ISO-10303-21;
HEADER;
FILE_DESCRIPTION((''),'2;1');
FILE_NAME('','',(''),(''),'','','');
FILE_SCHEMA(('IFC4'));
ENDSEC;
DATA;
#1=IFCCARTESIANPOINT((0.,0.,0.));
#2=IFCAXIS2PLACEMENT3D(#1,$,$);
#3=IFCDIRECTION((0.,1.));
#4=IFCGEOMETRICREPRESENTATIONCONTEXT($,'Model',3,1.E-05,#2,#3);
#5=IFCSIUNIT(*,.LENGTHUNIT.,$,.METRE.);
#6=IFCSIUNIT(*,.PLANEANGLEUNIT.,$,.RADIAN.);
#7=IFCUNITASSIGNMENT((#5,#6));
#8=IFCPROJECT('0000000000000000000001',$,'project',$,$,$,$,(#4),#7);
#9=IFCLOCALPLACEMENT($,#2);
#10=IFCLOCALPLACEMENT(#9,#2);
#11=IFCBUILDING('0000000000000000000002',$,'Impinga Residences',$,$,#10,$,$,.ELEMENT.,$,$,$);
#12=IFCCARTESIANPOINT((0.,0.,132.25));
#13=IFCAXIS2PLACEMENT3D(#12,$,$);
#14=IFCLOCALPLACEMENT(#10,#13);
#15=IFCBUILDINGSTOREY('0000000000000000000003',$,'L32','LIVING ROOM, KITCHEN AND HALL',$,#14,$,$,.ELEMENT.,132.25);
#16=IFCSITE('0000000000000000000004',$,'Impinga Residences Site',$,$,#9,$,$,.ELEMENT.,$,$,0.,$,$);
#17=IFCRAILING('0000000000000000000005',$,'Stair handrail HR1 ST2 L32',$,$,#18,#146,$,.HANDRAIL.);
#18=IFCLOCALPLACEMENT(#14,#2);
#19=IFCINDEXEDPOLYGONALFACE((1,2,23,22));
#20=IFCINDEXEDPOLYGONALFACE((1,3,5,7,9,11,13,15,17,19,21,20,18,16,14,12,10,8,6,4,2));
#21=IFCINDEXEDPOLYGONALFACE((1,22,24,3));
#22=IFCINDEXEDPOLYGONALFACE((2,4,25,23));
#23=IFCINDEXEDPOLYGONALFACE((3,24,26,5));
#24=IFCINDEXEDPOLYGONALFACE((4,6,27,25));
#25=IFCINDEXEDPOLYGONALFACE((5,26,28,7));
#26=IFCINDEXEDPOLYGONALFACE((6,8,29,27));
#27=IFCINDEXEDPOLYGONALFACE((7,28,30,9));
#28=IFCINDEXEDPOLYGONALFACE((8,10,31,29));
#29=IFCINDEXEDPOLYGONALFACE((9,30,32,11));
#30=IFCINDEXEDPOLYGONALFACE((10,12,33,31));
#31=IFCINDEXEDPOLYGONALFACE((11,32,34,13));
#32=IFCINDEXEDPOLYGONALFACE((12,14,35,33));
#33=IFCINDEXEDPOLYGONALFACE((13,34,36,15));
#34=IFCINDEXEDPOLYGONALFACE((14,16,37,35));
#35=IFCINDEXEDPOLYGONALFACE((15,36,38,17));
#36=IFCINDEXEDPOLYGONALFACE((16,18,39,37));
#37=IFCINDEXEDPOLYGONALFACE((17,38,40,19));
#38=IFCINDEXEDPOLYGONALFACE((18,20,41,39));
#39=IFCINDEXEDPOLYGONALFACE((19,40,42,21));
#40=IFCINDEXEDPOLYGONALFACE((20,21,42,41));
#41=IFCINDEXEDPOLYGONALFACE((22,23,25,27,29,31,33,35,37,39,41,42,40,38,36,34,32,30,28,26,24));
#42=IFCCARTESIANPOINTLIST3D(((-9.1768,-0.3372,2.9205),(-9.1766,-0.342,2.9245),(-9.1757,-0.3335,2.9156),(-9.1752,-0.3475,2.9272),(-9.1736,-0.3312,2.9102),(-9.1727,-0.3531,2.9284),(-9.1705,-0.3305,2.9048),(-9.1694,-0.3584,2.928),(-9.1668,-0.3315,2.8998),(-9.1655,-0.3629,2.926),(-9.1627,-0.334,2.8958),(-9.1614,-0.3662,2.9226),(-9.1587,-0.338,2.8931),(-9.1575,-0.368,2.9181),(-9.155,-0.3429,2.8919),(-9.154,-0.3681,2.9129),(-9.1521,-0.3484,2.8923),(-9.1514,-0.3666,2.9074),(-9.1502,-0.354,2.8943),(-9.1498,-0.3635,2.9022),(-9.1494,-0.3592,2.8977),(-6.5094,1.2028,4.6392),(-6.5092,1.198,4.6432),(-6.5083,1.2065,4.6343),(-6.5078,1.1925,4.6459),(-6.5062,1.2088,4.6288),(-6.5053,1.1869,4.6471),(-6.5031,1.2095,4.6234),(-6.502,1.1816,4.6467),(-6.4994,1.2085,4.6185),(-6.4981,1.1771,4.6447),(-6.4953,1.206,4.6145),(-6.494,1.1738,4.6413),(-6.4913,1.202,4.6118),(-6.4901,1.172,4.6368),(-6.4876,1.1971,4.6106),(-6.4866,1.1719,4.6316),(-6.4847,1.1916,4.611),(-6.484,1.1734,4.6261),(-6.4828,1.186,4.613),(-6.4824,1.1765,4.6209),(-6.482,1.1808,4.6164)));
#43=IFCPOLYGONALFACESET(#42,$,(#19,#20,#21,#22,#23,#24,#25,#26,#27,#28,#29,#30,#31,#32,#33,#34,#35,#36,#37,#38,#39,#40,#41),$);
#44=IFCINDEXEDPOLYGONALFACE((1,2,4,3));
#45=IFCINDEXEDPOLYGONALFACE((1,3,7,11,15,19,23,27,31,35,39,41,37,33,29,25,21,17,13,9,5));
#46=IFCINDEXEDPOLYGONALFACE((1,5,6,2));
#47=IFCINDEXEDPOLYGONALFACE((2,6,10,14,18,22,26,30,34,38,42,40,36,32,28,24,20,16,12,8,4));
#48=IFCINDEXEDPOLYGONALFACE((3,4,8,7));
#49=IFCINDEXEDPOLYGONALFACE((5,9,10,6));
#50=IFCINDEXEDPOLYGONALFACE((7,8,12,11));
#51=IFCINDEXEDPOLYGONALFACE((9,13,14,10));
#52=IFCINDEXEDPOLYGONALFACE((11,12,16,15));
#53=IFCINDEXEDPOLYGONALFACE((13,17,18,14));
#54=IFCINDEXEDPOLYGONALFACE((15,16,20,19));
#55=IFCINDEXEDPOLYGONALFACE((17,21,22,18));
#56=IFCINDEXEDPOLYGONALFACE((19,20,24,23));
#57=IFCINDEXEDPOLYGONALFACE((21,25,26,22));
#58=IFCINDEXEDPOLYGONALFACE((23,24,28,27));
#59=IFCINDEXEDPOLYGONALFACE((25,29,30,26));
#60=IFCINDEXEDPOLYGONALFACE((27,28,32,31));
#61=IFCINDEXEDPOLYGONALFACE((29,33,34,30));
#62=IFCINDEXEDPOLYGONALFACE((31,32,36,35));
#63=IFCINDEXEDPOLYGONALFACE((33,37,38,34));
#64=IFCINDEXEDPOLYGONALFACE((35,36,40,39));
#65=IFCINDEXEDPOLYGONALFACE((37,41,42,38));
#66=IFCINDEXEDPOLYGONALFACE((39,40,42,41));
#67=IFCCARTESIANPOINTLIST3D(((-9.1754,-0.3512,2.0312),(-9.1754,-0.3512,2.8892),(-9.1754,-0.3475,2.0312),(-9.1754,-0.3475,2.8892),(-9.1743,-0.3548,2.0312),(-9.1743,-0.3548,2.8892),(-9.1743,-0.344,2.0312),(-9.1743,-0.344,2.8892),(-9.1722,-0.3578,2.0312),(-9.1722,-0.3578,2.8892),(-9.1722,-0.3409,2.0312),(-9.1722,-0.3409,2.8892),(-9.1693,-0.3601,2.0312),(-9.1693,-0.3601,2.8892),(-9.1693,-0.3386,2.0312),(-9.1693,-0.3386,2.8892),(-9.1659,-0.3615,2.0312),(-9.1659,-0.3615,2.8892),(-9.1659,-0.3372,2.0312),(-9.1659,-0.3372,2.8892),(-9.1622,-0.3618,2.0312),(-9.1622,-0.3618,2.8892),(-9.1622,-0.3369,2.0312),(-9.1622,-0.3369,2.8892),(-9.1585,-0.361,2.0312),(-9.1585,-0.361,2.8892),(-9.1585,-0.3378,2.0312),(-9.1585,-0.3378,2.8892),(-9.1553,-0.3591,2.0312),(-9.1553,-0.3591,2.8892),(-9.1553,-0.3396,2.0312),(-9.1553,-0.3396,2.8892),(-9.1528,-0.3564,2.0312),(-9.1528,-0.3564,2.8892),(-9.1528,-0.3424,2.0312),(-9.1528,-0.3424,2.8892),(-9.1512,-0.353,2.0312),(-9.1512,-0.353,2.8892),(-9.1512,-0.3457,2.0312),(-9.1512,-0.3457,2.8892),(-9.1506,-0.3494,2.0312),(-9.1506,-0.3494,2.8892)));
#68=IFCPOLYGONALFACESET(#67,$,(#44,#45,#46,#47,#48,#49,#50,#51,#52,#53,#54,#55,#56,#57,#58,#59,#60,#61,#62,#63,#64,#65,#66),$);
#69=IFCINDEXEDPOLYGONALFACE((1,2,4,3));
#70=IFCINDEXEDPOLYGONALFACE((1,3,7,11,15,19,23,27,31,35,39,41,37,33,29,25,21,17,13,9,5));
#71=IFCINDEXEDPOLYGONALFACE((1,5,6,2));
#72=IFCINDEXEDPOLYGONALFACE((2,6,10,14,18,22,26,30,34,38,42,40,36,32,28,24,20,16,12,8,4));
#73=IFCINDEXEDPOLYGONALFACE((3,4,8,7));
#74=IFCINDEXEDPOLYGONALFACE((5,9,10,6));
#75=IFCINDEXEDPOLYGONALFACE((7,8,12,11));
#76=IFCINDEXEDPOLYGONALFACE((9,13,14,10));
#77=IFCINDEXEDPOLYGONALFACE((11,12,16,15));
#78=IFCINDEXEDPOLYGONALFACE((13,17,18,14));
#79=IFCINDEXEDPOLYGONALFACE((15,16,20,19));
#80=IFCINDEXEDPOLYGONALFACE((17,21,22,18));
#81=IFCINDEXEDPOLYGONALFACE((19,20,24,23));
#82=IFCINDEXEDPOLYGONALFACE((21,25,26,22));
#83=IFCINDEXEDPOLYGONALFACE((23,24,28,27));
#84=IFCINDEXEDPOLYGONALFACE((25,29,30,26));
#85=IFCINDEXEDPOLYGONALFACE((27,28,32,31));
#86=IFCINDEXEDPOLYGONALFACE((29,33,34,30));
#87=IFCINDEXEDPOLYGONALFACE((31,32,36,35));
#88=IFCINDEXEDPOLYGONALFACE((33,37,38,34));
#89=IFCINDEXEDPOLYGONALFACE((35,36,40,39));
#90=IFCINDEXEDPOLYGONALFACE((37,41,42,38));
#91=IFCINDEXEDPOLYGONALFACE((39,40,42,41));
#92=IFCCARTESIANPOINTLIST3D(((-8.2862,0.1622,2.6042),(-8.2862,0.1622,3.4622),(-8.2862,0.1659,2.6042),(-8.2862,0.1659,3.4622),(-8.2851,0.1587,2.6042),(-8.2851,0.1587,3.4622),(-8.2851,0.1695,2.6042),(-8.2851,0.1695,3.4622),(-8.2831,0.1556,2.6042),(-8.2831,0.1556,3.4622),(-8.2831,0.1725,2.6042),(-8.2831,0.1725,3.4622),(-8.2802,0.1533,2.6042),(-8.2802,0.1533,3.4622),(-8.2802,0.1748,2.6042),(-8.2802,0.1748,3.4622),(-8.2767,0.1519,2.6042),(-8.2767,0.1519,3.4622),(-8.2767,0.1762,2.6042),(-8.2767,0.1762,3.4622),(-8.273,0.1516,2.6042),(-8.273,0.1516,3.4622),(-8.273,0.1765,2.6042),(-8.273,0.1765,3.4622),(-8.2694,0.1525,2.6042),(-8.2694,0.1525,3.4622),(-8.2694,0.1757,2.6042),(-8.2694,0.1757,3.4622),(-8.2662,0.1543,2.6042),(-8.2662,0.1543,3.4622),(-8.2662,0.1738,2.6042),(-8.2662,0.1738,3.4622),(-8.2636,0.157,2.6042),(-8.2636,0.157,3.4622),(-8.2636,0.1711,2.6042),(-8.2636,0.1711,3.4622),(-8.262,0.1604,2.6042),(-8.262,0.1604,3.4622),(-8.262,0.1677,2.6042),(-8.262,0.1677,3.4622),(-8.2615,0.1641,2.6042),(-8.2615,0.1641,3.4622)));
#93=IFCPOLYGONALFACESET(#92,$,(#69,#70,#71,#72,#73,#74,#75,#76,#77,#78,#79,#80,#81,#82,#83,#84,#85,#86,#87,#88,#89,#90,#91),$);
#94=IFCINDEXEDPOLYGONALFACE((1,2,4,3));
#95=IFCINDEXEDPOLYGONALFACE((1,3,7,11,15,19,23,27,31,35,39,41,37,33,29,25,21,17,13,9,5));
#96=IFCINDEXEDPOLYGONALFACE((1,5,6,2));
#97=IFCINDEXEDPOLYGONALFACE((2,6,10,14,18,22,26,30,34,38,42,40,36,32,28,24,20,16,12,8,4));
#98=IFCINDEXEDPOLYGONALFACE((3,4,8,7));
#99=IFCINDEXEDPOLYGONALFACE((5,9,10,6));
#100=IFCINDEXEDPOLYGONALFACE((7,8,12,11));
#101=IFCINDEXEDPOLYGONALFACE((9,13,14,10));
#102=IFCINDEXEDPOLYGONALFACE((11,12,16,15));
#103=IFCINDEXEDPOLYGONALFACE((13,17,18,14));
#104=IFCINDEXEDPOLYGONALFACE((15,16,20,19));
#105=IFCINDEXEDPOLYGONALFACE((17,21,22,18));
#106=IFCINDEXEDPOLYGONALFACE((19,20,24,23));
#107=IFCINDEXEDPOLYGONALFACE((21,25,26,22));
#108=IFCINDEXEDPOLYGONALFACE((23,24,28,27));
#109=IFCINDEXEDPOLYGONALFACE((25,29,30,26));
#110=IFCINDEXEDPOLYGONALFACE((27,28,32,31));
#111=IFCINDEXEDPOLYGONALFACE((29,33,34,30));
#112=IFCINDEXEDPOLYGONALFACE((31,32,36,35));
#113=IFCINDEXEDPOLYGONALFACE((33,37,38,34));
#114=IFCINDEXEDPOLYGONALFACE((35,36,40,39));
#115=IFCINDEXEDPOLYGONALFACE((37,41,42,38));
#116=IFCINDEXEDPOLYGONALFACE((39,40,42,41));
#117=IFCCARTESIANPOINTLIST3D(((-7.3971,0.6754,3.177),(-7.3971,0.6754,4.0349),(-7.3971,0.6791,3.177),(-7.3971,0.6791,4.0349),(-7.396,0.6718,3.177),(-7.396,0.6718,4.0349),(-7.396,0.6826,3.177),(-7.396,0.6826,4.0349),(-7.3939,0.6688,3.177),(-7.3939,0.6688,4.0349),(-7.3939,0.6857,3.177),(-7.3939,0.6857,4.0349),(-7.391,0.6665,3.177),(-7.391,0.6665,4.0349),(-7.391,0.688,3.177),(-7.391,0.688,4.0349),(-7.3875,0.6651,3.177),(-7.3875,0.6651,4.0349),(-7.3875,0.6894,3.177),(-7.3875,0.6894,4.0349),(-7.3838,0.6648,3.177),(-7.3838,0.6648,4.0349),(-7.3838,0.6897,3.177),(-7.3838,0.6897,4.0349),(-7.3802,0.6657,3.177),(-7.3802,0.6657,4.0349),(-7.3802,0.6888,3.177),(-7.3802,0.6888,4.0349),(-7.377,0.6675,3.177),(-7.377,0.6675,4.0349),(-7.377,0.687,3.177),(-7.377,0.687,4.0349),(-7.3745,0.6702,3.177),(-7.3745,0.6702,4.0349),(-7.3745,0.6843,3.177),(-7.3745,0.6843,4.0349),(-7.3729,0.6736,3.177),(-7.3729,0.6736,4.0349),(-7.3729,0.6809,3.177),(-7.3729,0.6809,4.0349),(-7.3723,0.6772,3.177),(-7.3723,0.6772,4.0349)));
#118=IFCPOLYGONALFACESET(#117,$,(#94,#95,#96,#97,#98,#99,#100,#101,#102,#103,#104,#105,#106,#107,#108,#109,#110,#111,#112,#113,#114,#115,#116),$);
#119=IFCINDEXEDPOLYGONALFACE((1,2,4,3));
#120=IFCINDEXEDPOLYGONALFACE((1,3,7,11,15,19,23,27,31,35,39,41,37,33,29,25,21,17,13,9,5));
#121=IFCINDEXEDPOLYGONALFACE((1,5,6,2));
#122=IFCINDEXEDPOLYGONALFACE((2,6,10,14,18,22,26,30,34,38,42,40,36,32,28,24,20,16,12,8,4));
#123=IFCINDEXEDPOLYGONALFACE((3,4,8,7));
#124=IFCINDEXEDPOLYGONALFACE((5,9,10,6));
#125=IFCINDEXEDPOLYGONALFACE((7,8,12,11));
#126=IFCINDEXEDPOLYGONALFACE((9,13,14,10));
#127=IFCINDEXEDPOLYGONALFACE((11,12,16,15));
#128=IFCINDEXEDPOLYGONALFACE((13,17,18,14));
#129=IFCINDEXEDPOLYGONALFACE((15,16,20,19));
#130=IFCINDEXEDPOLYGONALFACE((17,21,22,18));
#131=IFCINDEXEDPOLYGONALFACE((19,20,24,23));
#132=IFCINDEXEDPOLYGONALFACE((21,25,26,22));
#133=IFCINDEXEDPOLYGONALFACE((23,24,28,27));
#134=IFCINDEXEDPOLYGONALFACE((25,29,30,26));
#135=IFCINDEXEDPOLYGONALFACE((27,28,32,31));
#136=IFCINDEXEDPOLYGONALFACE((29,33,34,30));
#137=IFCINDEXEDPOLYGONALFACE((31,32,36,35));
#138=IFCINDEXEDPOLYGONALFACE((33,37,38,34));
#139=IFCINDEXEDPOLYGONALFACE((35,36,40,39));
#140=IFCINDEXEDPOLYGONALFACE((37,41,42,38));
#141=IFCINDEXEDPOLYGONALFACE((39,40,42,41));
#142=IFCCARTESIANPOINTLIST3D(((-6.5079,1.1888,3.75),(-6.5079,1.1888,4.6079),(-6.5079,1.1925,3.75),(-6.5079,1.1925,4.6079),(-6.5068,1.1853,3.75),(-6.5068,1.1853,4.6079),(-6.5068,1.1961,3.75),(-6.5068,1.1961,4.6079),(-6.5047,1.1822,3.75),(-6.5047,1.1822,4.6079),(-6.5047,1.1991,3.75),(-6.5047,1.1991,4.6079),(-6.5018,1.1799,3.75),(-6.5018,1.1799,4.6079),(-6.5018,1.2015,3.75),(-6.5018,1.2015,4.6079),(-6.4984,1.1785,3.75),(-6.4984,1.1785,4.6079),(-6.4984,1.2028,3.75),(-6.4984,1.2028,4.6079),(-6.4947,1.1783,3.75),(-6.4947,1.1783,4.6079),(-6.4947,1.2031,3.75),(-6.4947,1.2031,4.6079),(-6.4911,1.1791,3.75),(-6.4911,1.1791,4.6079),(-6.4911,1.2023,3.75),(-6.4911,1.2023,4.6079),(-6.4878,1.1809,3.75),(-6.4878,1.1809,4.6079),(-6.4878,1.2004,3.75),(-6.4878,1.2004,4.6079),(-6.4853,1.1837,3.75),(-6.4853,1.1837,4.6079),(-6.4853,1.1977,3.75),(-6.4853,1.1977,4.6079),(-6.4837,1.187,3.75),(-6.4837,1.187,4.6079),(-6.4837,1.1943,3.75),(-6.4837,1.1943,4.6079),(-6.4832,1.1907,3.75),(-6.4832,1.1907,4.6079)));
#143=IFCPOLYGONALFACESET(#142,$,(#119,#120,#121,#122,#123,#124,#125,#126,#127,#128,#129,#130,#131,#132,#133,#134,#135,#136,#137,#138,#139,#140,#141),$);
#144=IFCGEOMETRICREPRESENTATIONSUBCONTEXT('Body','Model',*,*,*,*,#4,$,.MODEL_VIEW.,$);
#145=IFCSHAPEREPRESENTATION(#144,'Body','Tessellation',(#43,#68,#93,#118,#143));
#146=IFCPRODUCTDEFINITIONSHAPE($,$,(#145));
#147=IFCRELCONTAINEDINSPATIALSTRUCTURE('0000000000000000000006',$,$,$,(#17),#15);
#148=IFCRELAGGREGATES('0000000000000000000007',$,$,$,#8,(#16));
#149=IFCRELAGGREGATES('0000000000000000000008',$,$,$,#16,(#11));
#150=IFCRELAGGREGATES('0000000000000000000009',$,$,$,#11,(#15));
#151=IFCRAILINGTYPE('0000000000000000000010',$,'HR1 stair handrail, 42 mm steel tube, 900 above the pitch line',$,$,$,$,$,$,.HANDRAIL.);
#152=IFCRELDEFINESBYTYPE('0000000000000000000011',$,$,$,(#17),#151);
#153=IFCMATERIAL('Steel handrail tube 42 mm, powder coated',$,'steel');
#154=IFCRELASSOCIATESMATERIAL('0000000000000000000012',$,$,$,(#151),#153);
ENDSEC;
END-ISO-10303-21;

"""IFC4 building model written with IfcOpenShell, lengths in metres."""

from ifc_helpers import new_model, si_unit, direction, frame, origin, origin_2d, place, context, subcontext, project, spatial, circle, extrude, material, type_object, element, save


model = new_model("IFC4")

# Units and contexts
model_context = context("Model", 3, precision=1e-05, world=origin(), true_north=direction((0.0, 1.0)))
body_context = subcontext(model_context, "Body", "Model", "MODEL_VIEW")
ifc_project = project(units=[si_unit("LENGTHUNIT", "METRE"), si_unit("PLANEANGLEUNIT", "RADIAN")], contexts=[model_context])

# Site, building, storey
site_placement = place(None, origin())
site = spatial("IfcSite", under=ifc_project, at=site_placement, Name="Impinga Residences Site", CompositionType="ELEMENT", RefElevation=0.0)
building_placement = place(site_placement, origin())
building = spatial("IfcBuilding", under=site, at=building_placement, Name="Impinga Residences", CompositionType="ELEMENT")
storey_placement = place(building_placement, frame((0.0, 0.0, 132.25)))
storey = spatial("IfcBuildingStorey", under=building, at=storey_placement, Name="L32", Description="LIVING ROOM, KITCHEN AND HALL", CompositionType="ELEMENT", Elevation=132.25)

# Railing
ifc_material_1 = material(Name="Steel handrail tube 42 mm, powder coated", Category="steel")
railing_type_1 = type_object("IfcRailingType", Name="HR1 stair handrail, 42 mm steel tube, 900 above the pitch line", PredefinedType="HANDRAIL", material=ifc_material_1)
railing_1_placement = place(storey_placement, frame((-9.1631, -0.3494, 2.0312)))
element("IfcRailing", 1, at=railing_1_placement, inside=storey, type_object=railing_type_1, Name="Stair handrail HR1 ST2 L32", PredefinedType="HANDRAIL", context=body_context, shape_type="SweptSolid", body=[
    extrude(circle(Radius=0.021, at=origin_2d()), frame((0.0, 0.0, 0.8789), z_axis=(0.756256, 0.436616, 0.487282), x_axis=(-0.499992, 0.86603, 0.0)), (0.0, 0.0, 1.0), 3.5271),
    extrude(circle(Radius=0.0125, at=origin_2d()), origin(), (0.0, 0.0, 1.0), 0.8579),
    extrude(circle(Radius=0.0125, at=origin_2d()), frame((0.8892, 0.5134, 0.573)), (0.0, 0.0, 1.0), 0.8579),
    extrude(circle(Radius=0.0125, at=origin_2d()), frame((1.7783, 1.0266, 1.1458)), (0.0, 0.0, 1.0), 0.8579),
    extrude(circle(Radius=0.0125, at=origin_2d()), frame((2.6675, 1.54, 1.7188)), (0.0, 0.0, 1.0), 0.8579),
])

save(model, "model.ifc")
